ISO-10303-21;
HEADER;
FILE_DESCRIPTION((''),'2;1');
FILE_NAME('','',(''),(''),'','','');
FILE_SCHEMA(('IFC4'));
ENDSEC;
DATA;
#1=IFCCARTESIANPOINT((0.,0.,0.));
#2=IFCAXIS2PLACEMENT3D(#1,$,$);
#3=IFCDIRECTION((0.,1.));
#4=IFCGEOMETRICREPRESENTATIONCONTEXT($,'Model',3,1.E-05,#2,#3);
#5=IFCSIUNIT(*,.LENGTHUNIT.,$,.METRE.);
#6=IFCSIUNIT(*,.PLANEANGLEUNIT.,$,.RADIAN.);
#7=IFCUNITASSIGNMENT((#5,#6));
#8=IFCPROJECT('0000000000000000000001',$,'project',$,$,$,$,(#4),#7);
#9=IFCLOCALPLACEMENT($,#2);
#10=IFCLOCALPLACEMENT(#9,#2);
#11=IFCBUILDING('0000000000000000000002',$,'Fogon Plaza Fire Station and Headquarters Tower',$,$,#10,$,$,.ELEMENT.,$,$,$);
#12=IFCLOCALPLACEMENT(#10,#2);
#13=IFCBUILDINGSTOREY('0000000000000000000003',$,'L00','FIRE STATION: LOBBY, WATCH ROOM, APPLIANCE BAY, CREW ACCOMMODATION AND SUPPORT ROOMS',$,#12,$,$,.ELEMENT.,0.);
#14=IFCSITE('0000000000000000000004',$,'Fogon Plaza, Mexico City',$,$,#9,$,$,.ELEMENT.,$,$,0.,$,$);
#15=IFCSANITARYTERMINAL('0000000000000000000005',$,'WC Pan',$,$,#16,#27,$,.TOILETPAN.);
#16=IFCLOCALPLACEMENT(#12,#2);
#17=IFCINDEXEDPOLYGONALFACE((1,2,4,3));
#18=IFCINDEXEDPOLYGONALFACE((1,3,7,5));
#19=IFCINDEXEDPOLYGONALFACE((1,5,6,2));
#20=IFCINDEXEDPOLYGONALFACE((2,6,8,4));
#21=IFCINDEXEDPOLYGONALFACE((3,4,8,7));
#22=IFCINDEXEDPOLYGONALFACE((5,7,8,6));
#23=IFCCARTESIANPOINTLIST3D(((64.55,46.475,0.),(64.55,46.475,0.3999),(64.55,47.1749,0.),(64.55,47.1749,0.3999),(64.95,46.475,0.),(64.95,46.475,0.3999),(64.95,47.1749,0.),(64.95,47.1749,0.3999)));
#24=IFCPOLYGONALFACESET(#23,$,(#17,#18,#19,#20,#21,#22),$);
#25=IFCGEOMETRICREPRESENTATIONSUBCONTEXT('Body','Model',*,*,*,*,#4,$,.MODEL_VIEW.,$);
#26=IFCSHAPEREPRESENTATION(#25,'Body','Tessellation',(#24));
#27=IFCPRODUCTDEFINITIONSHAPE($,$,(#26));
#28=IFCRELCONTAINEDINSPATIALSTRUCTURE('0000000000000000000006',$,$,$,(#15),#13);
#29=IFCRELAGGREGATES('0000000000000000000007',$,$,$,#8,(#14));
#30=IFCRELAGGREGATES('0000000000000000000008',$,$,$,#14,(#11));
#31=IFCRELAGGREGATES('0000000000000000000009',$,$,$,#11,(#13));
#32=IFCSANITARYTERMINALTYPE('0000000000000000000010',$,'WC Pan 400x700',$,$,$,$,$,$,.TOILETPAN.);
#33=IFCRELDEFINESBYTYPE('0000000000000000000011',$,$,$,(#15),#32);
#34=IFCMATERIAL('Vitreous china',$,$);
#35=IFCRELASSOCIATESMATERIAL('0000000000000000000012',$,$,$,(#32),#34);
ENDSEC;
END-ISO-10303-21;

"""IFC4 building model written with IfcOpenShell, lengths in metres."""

from ifc_helpers import new_model, si_unit, direction, frame, origin, origin_2d, place, context, subcontext, project, spatial, rectangle, extrude, material, type_object, element, save


model = new_model("IFC4")

# Units and contexts
model_context = context("Model", 3, precision=1e-05, world=origin(), true_north=direction((0.0, 1.0)))
body_context = subcontext(model_context, "Body", "Model", "MODEL_VIEW")
ifc_project = project(units=[si_unit("LENGTHUNIT", "METRE"), si_unit("PLANEANGLEUNIT", "RADIAN")], contexts=[model_context])

# Site, building, storey
site_placement = place(None, origin())
site = spatial("IfcSite", under=ifc_project, at=site_placement, Name="Fogon Plaza, Mexico City", CompositionType="ELEMENT", RefElevation=0.0)
building_placement = place(site_placement, origin())
building = spatial("IfcBuilding", under=site, at=building_placement, Name="Fogon Plaza Fire Station and Headquarters Tower", CompositionType="ELEMENT")
storey_placement = place(building_placement, origin())
storey = spatial("IfcBuildingStorey", under=building, at=storey_placement, Name="L00", Description="FIRE STATION: LOBBY, WATCH ROOM, APPLIANCE BAY, CREW ACCOMMODATION AND SUPPORT ROOMS", CompositionType="ELEMENT", Elevation=0.0)

# Sanitary terminal
ifc_material_1 = material(Name="Vitreous china")
sanitary_terminal_type_1 = type_object("IfcSanitaryTerminalType", Name="WC Pan 400x700", PredefinedType="TOILETPAN", material=ifc_material_1)
for number, where, z_axis, x_axis, name in (
    (1, (64.75, 46.825, 0.0), (0.0, 0.0, 1.0), (1.0, 0.0, 0.0), "WC Pan"),
):
    element("IfcSanitaryTerminal", number, at=place(storey_placement, frame(where, z_axis=z_axis, x_axis=x_axis)), inside=storey, type_object=sanitary_terminal_type_1, Name=name, PredefinedType="TOILETPAN", context=body_context, shape_type="SweptSolid", body=[
        extrude(rectangle(XDim=0.3999, YDim=0.7, at=origin_2d()), origin(), (0.0, 0.0, 1.0), 0.3999),
    ])

save(model, "model.ifc")
